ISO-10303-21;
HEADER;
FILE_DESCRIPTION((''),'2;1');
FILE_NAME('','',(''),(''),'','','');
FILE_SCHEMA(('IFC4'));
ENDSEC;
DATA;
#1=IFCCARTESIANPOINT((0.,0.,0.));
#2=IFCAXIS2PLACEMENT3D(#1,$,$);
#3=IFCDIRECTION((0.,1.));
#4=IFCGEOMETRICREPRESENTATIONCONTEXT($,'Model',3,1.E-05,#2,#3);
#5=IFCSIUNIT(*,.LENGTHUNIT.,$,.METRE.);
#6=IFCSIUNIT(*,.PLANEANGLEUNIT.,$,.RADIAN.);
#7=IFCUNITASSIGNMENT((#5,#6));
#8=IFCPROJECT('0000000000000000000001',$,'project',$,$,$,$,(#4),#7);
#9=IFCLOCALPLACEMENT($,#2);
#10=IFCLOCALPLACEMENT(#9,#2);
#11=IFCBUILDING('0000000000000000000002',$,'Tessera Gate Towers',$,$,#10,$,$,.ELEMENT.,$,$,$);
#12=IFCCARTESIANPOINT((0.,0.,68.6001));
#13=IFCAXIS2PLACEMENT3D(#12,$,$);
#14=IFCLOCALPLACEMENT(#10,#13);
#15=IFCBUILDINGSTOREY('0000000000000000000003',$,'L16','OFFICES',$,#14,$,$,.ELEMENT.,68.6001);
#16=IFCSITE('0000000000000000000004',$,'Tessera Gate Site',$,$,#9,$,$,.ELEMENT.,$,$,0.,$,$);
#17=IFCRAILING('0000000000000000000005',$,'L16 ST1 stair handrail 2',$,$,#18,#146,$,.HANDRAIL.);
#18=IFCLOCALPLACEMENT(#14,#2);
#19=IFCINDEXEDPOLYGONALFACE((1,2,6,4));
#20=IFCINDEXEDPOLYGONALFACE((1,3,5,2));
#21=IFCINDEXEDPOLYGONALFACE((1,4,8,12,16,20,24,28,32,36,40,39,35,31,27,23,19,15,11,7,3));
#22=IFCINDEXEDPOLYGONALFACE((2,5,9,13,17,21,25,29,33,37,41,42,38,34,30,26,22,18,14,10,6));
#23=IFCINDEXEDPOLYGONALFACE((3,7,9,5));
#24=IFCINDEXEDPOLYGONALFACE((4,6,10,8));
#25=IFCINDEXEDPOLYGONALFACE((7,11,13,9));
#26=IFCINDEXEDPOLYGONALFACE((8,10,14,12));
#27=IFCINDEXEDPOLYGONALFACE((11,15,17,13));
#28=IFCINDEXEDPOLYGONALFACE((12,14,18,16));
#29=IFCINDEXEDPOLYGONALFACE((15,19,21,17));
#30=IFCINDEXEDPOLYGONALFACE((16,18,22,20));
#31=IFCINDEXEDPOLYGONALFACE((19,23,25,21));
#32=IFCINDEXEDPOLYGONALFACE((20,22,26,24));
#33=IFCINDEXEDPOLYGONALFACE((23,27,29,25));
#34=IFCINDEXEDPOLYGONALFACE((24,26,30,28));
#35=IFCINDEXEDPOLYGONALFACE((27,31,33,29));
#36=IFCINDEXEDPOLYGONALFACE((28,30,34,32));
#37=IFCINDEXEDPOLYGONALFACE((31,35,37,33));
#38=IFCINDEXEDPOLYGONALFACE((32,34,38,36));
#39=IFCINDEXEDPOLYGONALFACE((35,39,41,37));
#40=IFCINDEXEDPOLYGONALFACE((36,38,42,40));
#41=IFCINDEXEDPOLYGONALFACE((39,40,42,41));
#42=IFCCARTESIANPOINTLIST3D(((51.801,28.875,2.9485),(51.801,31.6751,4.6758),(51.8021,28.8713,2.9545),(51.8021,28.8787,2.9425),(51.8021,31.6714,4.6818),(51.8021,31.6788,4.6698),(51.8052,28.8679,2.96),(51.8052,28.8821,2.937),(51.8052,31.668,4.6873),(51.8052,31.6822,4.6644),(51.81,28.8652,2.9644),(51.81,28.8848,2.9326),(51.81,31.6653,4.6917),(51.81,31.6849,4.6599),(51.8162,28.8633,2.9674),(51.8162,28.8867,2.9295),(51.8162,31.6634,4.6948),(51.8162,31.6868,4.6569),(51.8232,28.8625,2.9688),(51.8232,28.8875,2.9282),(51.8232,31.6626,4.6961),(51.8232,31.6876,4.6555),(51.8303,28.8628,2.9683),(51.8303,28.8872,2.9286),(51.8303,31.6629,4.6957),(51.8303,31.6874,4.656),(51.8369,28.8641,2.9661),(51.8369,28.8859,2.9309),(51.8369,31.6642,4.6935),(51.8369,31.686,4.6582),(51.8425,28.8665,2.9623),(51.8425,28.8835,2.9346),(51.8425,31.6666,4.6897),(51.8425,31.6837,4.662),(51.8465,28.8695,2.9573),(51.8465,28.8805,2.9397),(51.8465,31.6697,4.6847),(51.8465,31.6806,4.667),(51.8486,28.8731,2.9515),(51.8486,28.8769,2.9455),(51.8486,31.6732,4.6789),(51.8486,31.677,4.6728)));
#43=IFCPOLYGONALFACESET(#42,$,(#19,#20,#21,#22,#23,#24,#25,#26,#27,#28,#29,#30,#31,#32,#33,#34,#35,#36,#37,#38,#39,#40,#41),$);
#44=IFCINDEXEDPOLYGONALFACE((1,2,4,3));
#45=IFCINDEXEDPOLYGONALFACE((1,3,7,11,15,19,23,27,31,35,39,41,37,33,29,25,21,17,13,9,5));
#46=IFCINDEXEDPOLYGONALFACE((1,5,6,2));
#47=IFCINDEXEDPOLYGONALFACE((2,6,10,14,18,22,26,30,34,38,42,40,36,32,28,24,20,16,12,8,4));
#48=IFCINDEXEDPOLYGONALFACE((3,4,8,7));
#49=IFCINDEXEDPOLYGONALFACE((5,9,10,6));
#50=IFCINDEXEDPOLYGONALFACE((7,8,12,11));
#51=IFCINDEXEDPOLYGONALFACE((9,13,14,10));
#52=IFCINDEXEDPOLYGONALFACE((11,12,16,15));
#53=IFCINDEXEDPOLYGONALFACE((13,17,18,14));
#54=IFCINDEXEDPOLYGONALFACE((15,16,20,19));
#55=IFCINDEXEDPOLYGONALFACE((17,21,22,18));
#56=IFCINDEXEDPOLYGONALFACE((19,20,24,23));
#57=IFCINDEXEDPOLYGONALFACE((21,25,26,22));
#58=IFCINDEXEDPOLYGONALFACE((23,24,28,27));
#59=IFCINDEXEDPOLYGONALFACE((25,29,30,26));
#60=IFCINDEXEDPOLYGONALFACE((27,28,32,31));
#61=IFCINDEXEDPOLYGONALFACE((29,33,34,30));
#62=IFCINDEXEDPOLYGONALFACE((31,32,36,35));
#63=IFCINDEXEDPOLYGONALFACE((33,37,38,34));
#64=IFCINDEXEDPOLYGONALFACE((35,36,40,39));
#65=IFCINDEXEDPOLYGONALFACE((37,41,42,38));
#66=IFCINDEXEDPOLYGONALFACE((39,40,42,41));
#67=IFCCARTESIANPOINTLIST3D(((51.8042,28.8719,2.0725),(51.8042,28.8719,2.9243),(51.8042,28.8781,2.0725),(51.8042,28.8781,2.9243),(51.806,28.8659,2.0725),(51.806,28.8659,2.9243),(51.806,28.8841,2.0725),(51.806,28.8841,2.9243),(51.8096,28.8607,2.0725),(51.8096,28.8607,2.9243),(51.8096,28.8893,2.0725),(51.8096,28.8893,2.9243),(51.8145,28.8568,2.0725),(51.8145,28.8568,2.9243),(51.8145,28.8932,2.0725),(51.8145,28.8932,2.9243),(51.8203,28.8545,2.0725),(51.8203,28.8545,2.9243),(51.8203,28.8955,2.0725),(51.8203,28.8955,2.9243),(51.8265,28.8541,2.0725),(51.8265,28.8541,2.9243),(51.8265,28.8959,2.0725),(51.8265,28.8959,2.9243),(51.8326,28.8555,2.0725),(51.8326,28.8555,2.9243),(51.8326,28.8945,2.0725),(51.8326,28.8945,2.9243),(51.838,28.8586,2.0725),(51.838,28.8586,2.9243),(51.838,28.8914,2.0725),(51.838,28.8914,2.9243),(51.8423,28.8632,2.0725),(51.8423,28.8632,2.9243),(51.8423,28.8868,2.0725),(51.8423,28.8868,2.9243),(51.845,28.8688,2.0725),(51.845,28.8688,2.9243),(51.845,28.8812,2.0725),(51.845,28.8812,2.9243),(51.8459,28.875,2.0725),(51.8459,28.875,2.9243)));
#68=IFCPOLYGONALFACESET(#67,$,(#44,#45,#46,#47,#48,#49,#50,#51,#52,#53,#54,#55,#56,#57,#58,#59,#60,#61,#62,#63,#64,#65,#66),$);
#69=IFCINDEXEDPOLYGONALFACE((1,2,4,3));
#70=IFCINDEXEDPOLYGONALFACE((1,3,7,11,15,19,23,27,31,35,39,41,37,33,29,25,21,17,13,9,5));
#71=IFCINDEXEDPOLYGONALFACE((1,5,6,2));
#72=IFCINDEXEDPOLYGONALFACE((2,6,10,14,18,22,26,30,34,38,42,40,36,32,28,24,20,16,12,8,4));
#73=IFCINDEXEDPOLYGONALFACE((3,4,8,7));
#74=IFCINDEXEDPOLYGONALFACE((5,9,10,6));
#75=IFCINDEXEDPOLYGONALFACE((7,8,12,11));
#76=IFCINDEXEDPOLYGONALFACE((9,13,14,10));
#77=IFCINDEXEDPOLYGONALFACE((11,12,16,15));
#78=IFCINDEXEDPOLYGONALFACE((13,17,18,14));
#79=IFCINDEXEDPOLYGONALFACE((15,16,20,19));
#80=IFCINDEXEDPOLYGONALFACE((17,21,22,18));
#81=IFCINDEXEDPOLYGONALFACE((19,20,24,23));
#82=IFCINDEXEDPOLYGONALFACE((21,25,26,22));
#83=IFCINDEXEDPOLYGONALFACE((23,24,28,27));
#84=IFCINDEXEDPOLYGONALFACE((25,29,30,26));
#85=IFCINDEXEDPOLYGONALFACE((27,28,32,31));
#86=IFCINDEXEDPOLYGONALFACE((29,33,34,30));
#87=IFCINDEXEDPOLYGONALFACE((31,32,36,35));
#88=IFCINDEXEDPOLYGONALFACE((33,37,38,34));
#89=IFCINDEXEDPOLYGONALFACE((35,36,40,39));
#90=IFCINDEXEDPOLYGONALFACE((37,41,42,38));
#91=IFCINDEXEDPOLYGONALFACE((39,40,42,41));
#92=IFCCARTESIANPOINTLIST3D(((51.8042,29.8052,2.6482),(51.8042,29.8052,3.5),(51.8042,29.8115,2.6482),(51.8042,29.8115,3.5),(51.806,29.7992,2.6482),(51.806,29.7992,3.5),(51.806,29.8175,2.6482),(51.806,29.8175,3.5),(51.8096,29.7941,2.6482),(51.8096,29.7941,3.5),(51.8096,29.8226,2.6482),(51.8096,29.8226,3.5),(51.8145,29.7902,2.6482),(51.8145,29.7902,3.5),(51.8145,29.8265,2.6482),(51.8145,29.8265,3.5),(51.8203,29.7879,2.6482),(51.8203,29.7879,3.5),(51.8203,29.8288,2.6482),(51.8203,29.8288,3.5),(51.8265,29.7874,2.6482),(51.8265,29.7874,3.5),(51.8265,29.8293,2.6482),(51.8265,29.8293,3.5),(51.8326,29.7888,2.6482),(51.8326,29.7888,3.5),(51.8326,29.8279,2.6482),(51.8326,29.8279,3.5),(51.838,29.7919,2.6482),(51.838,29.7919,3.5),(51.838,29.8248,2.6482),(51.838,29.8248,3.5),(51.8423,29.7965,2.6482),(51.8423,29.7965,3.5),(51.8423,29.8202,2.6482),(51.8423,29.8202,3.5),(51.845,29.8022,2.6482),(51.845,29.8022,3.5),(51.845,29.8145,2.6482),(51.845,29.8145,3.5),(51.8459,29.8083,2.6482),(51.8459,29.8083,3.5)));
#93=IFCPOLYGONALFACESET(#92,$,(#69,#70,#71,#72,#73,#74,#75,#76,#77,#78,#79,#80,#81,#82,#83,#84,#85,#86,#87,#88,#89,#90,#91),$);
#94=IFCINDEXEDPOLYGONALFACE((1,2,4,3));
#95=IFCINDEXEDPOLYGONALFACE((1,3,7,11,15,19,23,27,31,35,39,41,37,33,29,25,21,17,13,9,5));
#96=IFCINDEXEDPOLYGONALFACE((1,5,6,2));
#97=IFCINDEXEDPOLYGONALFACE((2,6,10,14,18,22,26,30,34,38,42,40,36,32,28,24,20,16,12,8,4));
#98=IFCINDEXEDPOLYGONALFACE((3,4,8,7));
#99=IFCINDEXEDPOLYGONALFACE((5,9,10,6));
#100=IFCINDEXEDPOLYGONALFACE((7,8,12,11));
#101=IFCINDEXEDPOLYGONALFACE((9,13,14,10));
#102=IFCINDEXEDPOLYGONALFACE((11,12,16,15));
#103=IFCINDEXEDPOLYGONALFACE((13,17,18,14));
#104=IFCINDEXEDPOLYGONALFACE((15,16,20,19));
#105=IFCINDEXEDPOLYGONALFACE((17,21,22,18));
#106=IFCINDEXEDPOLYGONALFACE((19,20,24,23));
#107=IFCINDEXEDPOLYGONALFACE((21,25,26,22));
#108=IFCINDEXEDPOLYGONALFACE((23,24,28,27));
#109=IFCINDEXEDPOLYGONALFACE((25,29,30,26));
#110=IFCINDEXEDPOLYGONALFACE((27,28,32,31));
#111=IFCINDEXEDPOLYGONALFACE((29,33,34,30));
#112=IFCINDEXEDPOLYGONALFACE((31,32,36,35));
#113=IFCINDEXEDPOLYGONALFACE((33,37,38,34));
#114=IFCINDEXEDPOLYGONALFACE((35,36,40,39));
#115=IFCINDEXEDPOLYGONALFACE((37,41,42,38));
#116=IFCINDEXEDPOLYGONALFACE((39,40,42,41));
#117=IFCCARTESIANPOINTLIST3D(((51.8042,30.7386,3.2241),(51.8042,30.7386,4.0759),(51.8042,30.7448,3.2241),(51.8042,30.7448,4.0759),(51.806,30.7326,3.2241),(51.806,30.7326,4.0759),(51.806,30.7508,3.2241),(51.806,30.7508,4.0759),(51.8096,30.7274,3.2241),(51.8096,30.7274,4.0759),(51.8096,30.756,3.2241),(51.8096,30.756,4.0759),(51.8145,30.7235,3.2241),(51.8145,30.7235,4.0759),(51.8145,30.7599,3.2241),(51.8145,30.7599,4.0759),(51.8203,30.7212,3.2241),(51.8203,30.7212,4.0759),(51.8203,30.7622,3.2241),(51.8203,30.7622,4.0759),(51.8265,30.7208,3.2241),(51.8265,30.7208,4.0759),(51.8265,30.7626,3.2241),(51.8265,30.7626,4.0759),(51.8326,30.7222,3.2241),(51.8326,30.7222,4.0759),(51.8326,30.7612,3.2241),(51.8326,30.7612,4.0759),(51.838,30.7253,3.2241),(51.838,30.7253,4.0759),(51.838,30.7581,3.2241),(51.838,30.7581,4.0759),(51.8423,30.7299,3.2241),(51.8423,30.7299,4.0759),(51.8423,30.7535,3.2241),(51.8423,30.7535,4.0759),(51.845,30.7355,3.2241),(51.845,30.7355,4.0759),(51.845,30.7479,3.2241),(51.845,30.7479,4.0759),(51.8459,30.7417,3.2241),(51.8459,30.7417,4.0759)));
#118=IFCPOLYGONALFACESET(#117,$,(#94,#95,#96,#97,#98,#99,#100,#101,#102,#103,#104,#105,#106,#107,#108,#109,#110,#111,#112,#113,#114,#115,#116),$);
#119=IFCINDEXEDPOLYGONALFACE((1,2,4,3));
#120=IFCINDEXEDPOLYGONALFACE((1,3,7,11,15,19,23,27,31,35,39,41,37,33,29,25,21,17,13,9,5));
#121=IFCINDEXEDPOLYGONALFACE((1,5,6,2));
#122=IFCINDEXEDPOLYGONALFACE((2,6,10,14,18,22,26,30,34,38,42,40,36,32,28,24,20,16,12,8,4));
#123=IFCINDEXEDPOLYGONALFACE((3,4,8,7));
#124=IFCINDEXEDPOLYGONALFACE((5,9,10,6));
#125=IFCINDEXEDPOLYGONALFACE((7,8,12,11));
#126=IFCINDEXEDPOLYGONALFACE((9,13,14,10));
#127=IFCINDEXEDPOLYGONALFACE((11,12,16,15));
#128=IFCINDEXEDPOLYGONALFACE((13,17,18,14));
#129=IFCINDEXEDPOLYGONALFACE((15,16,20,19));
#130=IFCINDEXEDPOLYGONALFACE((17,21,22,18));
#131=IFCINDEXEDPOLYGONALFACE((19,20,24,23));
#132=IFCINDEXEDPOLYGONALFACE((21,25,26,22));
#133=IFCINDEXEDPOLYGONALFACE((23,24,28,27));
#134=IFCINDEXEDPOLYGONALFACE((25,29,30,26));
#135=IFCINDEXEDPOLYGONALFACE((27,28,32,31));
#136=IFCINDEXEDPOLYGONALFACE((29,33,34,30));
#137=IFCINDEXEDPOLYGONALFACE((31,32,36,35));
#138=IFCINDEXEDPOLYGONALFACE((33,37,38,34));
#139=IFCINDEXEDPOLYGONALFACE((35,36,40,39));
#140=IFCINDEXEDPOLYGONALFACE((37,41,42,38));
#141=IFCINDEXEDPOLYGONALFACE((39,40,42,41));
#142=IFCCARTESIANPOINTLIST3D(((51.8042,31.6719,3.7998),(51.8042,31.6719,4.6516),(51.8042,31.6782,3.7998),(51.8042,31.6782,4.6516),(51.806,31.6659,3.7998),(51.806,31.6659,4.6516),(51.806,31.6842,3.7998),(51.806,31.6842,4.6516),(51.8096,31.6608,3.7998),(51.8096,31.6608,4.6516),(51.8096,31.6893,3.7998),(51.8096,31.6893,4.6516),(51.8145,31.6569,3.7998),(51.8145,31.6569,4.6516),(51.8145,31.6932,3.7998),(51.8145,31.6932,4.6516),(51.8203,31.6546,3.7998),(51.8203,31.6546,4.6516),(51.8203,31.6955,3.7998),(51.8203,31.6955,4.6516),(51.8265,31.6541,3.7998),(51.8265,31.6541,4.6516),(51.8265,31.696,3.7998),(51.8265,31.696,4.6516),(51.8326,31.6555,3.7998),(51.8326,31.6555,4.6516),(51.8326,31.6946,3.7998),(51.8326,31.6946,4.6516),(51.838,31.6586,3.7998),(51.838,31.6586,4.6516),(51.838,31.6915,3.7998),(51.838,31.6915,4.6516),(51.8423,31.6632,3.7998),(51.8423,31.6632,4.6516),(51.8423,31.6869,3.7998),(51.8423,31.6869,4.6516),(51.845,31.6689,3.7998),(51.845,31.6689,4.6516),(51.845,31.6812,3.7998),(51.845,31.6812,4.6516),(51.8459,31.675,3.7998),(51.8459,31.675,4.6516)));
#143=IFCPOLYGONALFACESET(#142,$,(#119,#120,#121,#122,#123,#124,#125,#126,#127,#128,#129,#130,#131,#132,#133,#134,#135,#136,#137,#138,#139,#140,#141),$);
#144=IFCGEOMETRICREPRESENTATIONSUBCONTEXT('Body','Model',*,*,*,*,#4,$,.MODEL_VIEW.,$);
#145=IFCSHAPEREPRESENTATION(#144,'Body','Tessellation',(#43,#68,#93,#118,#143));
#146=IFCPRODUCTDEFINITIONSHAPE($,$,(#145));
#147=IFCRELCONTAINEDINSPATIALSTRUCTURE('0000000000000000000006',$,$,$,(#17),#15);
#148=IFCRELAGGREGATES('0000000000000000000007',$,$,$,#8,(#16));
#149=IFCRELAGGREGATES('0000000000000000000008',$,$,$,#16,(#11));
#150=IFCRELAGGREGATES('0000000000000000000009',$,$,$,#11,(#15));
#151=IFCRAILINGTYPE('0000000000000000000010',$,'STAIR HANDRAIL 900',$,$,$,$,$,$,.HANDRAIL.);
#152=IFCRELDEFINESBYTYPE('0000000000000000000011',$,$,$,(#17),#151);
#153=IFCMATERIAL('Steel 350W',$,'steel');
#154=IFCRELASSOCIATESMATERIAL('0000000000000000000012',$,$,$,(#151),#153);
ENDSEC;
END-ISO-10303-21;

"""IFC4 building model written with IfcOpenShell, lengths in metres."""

from ifc_helpers import new_model, si_unit, direction, frame, origin, origin_2d, place, context, subcontext, project, spatial, circle, extrude, material, type_object, element, save


model = new_model("IFC4")

# Units and contexts
model_context = context("Model", 3, precision=1e-05, world=origin(), true_north=direction((0.0, 1.0)))
body_context = subcontext(model_context, "Body", "Model", "MODEL_VIEW")
ifc_project = project(units=[si_unit("LENGTHUNIT", "METRE"), si_unit("PLANEANGLEUNIT", "RADIAN")], contexts=[model_context])

# Site, building, storey
site_placement = place(None, origin())
site = spatial("IfcSite", under=ifc_project, at=site_placement, Name="Tessera Gate Site", CompositionType="ELEMENT", RefElevation=0.0)
building_placement = place(site_placement, origin())
building = spatial("IfcBuilding", under=site, at=building_placement, Name="Tessera Gate Towers", CompositionType="ELEMENT")
storey_placement = place(building_placement, frame((0.0, 0.0, 68.6001)))
storey = spatial("IfcBuildingStorey", under=building, at=storey_placement, Name="L16", Description="OFFICES", CompositionType="ELEMENT", Elevation=68.6001)

# Railing
ifc_material_1 = material(Name="Steel 350W", Category="steel")
railing_type = type_object("IfcRailingType", Name="STAIR HANDRAIL 900", PredefinedType="HANDRAIL", material=ifc_material_1)
railing_1_placement = place(storey_placement, frame((51.825, 28.875, 2.0725)))
element("IfcRailing", 1, at=railing_1_placement, inside=storey, type_object=railing_type, Name="L16 ST1 stair handrail 2", PredefinedType="HANDRAIL", context=body_context, shape_type="SweptSolid", body=[
    extrude(circle(Radius=0.0239, at=origin_2d()), frame((0.0, 0.0, 0.876), z_axis=(0.0, 0.85109, 0.52502), x_axis=(-1.0, 0.0, 0.0)), (0.0, 0.0, 1.0), 3.29),
    extrude(circle(Radius=0.021, at=origin_2d()), origin(), (0.0, 0.0, 1.0), 0.8518),
    extrude(circle(Radius=0.021, at=origin_2d()), frame((0.0, 0.9333, 0.5757)), (0.0, 0.0, 1.0), 0.8518),
    extrude(circle(Radius=0.021, at=origin_2d()), frame((0.0, 1.8667, 1.1516)), (0.0, 0.0, 1.0), 0.8518),
    extrude(circle(Radius=0.021, at=origin_2d()), frame((0.0, 2.8, 1.7273)), (0.0, 0.0, 1.0), 0.8518),
])

save(model, "model.ifc")
